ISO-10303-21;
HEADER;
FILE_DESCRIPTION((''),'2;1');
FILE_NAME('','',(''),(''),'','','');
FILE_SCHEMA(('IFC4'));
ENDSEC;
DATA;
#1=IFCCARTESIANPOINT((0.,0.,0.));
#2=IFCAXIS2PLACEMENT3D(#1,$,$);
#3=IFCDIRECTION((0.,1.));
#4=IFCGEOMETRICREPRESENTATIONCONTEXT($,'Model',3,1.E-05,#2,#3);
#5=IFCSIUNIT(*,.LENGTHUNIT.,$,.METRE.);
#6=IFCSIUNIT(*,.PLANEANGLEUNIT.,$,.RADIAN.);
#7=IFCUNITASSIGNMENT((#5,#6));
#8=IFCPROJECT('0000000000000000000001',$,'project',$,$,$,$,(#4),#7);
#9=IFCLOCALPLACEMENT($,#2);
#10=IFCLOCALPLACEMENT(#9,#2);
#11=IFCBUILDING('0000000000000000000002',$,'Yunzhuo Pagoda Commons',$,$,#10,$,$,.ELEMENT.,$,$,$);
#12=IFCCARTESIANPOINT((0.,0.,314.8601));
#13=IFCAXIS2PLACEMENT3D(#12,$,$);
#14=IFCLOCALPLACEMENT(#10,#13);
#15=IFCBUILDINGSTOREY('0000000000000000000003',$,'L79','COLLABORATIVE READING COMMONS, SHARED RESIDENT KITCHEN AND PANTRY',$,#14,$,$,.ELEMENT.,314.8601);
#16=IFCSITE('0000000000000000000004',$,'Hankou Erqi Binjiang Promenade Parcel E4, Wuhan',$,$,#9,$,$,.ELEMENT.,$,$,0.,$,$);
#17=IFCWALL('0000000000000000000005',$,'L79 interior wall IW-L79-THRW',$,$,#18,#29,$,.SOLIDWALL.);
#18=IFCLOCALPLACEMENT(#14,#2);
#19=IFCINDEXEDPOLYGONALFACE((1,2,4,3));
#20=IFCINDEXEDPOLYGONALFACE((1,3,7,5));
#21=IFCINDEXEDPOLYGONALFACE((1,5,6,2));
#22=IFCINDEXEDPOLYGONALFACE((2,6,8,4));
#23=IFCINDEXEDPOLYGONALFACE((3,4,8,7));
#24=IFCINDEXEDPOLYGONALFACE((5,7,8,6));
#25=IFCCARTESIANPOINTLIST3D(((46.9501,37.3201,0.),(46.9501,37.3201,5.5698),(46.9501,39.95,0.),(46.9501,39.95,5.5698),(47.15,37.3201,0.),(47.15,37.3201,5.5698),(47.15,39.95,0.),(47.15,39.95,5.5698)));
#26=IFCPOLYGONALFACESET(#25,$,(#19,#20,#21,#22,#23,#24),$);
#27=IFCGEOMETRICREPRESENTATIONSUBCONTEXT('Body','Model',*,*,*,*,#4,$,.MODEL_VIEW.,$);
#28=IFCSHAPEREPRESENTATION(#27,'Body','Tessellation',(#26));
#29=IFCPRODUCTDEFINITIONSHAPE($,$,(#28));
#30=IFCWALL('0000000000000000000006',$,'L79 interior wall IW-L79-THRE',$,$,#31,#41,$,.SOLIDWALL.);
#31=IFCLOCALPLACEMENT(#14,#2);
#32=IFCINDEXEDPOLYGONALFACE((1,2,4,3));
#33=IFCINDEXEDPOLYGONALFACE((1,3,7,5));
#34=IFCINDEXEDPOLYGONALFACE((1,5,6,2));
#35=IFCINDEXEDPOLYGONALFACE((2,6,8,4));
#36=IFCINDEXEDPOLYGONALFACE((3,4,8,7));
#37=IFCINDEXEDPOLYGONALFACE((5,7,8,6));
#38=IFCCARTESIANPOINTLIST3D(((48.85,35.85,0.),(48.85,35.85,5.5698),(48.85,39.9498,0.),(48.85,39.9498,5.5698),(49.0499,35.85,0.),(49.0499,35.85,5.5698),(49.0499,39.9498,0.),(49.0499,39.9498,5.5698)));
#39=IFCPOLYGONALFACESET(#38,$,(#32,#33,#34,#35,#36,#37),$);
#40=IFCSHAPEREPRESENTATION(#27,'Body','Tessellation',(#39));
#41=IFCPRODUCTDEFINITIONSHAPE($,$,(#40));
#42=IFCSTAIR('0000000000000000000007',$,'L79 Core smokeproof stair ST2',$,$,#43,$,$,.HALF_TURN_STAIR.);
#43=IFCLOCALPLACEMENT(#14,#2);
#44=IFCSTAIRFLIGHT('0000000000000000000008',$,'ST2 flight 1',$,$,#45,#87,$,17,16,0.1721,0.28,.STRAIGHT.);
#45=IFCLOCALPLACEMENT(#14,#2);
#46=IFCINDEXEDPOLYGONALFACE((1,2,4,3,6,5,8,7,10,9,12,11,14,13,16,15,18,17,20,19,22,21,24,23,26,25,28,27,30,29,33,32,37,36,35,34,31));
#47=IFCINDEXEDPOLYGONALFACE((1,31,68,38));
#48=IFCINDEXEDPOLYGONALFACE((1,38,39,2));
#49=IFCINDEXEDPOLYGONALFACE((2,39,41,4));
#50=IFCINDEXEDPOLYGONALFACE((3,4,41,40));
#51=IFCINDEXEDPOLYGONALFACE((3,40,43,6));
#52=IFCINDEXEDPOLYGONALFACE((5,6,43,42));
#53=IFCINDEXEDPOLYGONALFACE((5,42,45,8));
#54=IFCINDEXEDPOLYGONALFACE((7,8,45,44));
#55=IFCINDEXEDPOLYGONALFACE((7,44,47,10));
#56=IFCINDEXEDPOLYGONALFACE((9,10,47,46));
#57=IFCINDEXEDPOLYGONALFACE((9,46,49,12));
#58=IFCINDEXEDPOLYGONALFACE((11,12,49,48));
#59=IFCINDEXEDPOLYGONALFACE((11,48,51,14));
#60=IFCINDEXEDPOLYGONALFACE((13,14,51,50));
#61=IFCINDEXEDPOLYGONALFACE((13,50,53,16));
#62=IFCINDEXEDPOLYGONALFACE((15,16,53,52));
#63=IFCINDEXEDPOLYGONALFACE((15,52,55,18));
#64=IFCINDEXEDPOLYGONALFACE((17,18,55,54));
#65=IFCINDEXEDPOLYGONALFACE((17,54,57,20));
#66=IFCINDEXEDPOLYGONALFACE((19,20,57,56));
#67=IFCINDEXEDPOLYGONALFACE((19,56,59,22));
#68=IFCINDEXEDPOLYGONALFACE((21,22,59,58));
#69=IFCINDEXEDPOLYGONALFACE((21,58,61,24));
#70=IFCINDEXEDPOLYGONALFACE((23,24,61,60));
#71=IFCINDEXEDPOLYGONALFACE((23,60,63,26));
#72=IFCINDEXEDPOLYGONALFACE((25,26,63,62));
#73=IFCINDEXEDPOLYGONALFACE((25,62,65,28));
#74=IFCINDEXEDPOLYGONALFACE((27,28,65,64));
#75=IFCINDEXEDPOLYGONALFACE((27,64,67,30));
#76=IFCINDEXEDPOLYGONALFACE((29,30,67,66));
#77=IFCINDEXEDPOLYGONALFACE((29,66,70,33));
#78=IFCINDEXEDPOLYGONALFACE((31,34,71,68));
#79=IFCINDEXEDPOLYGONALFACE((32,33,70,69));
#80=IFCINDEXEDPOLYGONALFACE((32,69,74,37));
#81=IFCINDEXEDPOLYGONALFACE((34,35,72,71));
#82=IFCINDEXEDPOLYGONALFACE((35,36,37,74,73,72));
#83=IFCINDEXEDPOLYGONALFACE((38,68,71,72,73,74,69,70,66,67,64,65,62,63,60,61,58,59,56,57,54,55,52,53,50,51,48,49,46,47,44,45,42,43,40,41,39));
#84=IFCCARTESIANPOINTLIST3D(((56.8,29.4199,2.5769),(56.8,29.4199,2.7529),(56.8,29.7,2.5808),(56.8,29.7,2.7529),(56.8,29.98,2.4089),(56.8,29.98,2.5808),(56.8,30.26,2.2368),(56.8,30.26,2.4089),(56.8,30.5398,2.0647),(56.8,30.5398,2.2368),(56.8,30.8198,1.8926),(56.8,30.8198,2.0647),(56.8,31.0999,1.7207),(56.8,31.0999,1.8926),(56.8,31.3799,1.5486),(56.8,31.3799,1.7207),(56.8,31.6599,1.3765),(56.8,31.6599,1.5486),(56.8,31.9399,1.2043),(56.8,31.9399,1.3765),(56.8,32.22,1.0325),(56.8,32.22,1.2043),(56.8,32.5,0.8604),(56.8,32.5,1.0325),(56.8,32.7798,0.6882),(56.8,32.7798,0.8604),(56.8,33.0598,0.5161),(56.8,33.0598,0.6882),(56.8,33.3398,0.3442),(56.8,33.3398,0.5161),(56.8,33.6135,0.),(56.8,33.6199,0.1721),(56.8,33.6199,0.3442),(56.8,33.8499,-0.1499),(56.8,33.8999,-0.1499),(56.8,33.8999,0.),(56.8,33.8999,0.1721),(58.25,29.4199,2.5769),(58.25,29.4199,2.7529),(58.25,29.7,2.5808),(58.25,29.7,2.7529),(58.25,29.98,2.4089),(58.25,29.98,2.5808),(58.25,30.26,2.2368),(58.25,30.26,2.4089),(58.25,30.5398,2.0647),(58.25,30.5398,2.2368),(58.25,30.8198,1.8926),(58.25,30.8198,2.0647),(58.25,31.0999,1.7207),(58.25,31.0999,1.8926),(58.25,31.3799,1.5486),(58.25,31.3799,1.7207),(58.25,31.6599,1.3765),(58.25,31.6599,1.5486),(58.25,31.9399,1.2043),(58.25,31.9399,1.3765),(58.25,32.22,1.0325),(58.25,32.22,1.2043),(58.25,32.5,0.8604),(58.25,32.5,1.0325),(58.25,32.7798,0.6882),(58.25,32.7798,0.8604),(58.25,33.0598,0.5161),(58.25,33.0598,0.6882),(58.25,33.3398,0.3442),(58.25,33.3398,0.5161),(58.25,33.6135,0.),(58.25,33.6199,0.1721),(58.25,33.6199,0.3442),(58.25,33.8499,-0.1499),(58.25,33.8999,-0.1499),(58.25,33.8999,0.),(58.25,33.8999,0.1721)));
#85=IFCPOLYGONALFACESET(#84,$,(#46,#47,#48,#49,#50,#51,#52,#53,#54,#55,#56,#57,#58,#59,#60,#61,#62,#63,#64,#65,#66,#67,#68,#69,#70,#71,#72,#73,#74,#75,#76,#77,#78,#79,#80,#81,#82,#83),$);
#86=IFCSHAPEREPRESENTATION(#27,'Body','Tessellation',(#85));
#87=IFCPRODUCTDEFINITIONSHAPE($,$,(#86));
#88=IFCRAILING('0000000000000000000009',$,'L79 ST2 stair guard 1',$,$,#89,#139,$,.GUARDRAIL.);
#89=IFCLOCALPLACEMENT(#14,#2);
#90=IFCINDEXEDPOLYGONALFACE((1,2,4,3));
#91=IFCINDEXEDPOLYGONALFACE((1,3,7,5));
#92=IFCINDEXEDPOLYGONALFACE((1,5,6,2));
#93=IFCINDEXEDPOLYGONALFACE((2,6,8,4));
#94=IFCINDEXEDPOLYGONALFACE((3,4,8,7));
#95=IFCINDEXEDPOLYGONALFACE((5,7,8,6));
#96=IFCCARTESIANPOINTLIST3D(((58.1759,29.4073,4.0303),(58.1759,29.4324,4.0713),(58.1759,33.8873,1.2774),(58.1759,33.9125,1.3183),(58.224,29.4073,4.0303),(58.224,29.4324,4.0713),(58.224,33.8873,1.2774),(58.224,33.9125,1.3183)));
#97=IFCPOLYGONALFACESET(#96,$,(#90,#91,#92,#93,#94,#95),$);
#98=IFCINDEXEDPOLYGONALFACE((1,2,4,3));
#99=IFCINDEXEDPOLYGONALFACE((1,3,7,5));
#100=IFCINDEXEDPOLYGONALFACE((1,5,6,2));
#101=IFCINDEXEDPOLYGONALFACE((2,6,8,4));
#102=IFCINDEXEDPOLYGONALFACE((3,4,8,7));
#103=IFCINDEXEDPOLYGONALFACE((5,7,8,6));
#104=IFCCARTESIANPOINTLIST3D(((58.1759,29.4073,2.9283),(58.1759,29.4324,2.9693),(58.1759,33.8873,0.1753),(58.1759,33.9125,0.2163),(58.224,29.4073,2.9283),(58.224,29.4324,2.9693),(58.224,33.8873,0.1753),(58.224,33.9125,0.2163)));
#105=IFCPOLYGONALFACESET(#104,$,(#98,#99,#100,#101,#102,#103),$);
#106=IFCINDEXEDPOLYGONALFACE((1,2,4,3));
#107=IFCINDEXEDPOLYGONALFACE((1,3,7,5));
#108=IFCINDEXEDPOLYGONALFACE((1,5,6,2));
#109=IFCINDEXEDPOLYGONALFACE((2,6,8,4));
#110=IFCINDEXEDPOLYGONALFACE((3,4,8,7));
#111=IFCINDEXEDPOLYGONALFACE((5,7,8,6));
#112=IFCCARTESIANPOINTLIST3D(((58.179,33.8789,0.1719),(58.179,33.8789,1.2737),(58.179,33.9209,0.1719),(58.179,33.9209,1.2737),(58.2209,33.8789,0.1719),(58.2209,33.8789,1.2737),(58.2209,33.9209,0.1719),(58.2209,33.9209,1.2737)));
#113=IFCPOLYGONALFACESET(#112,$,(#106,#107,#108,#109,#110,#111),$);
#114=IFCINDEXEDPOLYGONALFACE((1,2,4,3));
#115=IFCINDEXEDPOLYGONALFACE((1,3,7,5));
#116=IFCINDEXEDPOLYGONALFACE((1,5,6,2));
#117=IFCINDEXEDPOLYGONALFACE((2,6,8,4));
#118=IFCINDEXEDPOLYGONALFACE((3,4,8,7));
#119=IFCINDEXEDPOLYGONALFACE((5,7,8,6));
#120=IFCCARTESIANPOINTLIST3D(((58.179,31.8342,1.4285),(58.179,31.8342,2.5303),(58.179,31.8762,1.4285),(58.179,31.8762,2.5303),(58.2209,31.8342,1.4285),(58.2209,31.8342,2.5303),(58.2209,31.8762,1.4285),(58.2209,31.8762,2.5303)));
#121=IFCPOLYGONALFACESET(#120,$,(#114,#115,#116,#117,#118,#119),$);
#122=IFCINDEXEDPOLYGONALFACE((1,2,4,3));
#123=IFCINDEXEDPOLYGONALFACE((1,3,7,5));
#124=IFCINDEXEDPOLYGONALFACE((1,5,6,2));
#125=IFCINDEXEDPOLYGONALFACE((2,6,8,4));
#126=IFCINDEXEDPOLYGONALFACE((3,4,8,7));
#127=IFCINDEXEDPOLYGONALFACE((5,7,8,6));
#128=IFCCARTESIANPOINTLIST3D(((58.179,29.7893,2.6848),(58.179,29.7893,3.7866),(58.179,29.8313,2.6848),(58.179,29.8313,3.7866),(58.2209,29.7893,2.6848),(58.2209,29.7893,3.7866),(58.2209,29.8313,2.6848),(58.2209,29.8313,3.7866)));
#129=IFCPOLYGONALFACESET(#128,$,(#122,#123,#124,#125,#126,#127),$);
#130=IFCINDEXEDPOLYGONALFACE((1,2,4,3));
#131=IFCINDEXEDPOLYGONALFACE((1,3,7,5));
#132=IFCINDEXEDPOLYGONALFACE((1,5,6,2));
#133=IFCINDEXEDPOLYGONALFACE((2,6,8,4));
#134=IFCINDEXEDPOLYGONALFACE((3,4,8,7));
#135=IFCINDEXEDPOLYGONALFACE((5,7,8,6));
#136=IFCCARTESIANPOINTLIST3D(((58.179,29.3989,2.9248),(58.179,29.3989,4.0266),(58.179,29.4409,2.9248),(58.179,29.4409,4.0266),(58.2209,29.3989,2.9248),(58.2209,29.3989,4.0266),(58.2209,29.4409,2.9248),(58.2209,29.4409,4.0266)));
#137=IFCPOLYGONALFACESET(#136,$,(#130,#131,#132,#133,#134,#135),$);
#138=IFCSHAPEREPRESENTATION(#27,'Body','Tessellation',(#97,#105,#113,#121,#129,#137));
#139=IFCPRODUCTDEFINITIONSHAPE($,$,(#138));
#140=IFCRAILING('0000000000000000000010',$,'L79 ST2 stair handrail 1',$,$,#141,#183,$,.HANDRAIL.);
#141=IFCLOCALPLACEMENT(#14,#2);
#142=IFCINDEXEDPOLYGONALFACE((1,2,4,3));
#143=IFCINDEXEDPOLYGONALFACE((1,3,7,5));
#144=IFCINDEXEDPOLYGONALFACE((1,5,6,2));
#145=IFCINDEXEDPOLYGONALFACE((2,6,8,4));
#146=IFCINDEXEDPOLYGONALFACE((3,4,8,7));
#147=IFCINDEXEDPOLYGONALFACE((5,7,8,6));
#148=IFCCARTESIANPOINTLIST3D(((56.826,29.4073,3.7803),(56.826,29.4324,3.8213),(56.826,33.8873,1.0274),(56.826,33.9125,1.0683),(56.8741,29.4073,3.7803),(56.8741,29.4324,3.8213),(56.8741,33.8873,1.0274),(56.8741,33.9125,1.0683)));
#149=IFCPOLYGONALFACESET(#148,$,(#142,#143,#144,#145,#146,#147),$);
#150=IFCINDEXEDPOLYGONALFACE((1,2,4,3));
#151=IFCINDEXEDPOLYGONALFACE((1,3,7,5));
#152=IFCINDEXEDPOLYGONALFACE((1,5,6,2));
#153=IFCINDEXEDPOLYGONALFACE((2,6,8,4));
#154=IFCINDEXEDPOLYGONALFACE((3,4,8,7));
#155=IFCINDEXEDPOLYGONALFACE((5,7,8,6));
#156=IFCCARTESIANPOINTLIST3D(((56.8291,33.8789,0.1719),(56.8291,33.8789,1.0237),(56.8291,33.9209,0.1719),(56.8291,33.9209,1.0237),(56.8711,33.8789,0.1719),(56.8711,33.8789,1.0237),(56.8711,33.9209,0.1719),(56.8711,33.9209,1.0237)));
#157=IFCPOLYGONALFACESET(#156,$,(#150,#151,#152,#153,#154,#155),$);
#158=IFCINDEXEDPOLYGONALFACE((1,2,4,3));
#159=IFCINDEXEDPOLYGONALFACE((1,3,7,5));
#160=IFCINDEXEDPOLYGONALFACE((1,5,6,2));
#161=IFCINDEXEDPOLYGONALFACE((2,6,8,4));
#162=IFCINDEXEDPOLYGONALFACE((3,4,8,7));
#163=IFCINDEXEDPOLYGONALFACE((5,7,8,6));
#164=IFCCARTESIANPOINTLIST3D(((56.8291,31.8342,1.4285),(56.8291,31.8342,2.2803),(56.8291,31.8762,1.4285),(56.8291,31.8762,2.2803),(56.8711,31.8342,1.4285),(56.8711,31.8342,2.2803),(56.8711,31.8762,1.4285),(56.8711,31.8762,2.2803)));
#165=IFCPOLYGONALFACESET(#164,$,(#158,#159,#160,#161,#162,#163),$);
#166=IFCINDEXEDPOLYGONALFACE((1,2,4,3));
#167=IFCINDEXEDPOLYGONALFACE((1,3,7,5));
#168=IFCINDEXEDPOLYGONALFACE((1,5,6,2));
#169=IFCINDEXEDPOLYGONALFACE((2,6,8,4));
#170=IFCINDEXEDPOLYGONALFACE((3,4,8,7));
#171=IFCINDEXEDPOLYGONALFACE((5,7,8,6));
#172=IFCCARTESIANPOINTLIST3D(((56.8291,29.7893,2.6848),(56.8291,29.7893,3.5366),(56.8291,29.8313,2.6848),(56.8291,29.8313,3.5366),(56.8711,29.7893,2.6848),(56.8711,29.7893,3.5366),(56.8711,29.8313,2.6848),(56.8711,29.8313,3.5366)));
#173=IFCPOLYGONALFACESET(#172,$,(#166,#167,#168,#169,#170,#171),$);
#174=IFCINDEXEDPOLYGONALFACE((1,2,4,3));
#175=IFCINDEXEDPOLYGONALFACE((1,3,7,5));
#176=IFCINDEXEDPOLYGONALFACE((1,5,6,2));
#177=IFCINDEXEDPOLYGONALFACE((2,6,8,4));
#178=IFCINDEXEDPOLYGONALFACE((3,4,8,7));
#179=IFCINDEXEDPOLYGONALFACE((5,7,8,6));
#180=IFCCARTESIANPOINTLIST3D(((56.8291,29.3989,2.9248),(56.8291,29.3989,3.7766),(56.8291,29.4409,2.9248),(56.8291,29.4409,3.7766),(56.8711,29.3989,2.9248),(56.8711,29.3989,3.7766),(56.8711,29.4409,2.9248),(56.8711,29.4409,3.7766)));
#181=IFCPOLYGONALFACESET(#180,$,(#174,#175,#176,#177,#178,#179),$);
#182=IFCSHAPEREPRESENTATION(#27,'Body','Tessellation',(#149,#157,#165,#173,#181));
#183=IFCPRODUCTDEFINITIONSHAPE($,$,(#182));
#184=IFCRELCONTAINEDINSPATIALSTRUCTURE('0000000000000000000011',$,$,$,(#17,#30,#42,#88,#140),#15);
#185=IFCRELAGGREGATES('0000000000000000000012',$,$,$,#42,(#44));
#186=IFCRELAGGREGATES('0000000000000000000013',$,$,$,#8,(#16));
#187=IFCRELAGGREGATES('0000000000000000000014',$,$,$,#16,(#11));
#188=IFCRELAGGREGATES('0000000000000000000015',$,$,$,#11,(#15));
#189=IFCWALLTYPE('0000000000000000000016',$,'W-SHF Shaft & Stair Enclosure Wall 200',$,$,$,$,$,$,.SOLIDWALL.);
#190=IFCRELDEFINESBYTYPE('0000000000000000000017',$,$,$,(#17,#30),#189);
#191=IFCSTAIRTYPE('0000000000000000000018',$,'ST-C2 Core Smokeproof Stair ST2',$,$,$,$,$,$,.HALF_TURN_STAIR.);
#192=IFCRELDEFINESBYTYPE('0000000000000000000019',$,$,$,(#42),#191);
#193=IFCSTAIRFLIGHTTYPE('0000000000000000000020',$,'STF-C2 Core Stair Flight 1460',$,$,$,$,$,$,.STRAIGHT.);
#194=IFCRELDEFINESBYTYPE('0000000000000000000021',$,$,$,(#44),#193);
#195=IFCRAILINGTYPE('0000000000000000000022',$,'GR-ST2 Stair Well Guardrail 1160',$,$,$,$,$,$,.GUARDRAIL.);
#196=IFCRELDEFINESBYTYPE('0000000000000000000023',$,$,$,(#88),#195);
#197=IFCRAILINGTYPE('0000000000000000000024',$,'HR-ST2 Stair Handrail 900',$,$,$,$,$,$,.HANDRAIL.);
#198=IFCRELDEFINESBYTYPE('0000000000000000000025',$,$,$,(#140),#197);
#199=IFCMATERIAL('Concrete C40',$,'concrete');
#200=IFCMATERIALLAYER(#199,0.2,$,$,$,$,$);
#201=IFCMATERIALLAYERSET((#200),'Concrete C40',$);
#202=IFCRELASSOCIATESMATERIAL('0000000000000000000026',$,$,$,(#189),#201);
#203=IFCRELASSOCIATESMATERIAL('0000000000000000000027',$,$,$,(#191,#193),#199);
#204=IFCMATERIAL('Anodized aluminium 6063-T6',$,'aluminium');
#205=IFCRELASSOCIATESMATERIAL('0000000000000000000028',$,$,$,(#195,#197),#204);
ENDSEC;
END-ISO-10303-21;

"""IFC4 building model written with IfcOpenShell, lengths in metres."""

from ifc_helpers import new_model, si_unit, direction, frame, frame_2d, origin, origin_2d, place, context, subcontext, project, spatial, polyline, rectangle, outline, extrude, source, transform, mapped, material, layer, layer_set, type_object, element, aggregate, save


model = new_model("IFC4")

# Units and contexts
model_context = context("Model", 3, precision=1e-05, world=origin(), true_north=direction((0.0, 1.0)))
body_context = subcontext(model_context, "Body", "Model", "MODEL_VIEW")
ifc_project = project(units=[si_unit("LENGTHUNIT", "METRE"), si_unit("PLANEANGLEUNIT", "RADIAN")], contexts=[model_context])

# Site, building, storey
site_placement = place(None, origin())
site = spatial("IfcSite", under=ifc_project, at=site_placement, Name="Hankou Erqi Binjiang Promenade Parcel E4, Wuhan", CompositionType="ELEMENT", RefElevation=0.0)
building_placement = place(site_placement, origin())
building = spatial("IfcBuilding", under=site, at=building_placement, Name="Yunzhuo Pagoda Commons", CompositionType="ELEMENT")
storey_placement = place(building_placement, frame((0.0, 0.0, 314.8601)))
storey = spatial("IfcBuildingStorey", under=building, at=storey_placement, Name="L79", Description="COLLABORATIVE READING COMMONS, SHARED RESIDENT KITCHEN AND PANTRY", CompositionType="ELEMENT", Elevation=314.8601)

# Shared definitions
ifc_material_1 = material(Name="Concrete C40", Category="concrete")
ifc_layer_1 = layer(ifc_material_1, 0.2)
ifc_layer_set_1 = layer_set([ifc_layer_1], Name="Concrete C40")
wall_type_1 = type_object("IfcWallType", Name="W-SHF Shaft & Stair Enclosure Wall 200", PredefinedType="SOLIDWALL", material=ifc_layer_set_1)

# Walls
wall_1_placement = place(storey_placement, frame((47.05, 37.3201, 0.0), z_axis=(0.0, 0.0, 1.0), x_axis=(0.0, 1.0, 0.0)))
element("IfcWall", 1, at=wall_1_placement, inside=storey, type_object=wall_type_1, Name="L79 interior wall IW-L79-THRW", PredefinedType="SOLIDWALL", context=body_context, shape_type="SweptSolid", body=[
    extrude(rectangle(XDim=2.6299, YDim=0.2, at=frame_2d((1.3149, 0.0))), origin(), (0.0, 0.0, 1.0), 5.5698),
])
wall_2_placement = place(storey_placement, frame((48.95, 35.8501, 0.0), z_axis=(0.0, 0.0, 1.0), x_axis=(0.0, 1.0, 0.0)))
element("IfcWall", 2, at=wall_2_placement, inside=storey, type_object=wall_type_1, Name="L79 interior wall IW-L79-THRE", PredefinedType="SOLIDWALL", context=body_context, shape_type="SweptSolid", body=[
    extrude(rectangle(XDim=4.0999, YDim=0.2, at=frame_2d((2.0498, 0.0))), origin(), (0.0, 0.0, 1.0), 5.5698),
])

# Stair, stair flight
stair_type = type_object("IfcStairType", Name="ST-C2 Core Smokeproof Stair ST2", PredefinedType="HALF_TURN_STAIR", material=ifc_material_1)
stair_placement = place(storey_placement, origin())
stair = element("IfcStair", 3, at=stair_placement, inside=storey, type_object=stair_type, Name="L79 Core smokeproof stair ST2", PredefinedType="HALF_TURN_STAIR")
stair_flight_type = type_object("IfcStairFlightType", Name="STF-C2 Core Stair Flight 1460", PredefinedType="STRAIGHT", material=ifc_material_1)
shared_shape_1 = source(origin(), body_context, "Body", "SweptSolid", [
    extrude(outline(polyline([(0.0, -0.1499), (0.0, 0.0), (0.0, 0.1721), (0.28, 0.1721), (0.28, 0.3442), (0.5601, 0.3442), (0.5601, 0.5161), (0.8401, 0.5161), (0.8401, 0.6882), (1.1201, 0.6882), (1.1201, 0.8604), (1.3999, 0.8604), (1.3999, 1.0325), (1.6799, 1.0325), (1.6799, 1.2043), (1.96, 1.2043), (1.96, 1.3765), (2.24, 1.3765), (2.24, 1.5486), (2.52, 1.5486), (2.52, 1.7207), (2.8, 1.7207), (2.8, 1.8926), (3.0801, 1.8926), (3.0801, 2.0647), (3.3601, 2.0647), (3.3601, 2.2368), (3.6399, 2.2368), (3.6399, 2.4089), (3.9199, 2.4089), (3.9199, 2.5808), (4.2, 2.5808), (4.2, 2.7529), (4.48, 2.7529), (4.48, 2.925), (4.48, 2.5769), (0.2864, 0.0), (0.05, -0.1499), (0.0, -0.1499)])), frame((0.0, 0.7251, 0.0), z_axis=(0.0, -1.0, 0.0), x_axis=(1.0, 0.0, 0.0)), (0.0, 0.0, 1.0), 1.45),
])
stair_flight_placement = place(storey_placement, frame((57.5249, 33.8999, 0.0), z_axis=(0.0, 0.0, 1.0), x_axis=(0.0, -1.0, 0.0)))
stair_flight = element("IfcStairFlight", 4, at=stair_flight_placement, type_object=stair_flight_type, Name="ST2 flight 1", NumberOfRisers=17, NumberOfTreads=16, PredefinedType="STRAIGHT", RiserHeight=0.1721, TreadLength=0.28, context=body_context, shape_type="MappedRepresentation", body=[
    mapped(shared_shape_1, transform((0.0, 0.0, 0.0), scale=1.0)),
])
aggregate(stair, [stair_flight])

# Railings
ifc_material_2 = material(Name="Anodized aluminium 6063-T6", Category="aluminium")
railing_type_1 = type_object("IfcRailingType", Name="GR-ST2 Stair Well Guardrail 1160", PredefinedType="GUARDRAIL", material=ifc_material_2)
railing_1_placement = place(storey_placement, frame((58.2, 33.8999, 0.1719)))
element("IfcRailing", 5, at=railing_1_placement, inside=storey, type_object=railing_type_1, Name="L79 ST2 stair guard 1", PredefinedType="GUARDRAIL", context=body_context, shape_type="SweptSolid", body=[
    extrude(rectangle(XDim=0.0481, YDim=0.0481, at=origin_2d()), frame((0.0, 0.0, 1.126), z_axis=(0.0, -0.851996, 0.523548), x_axis=(1.0, 0.0, 0.0)), (0.0, 0.0, 1.0), 5.2583),
    extrude(rectangle(XDim=0.0481, YDim=0.0481, at=origin_2d()), frame((0.0, 0.0, 0.0239), z_axis=(0.0, -0.851996, 0.523548), x_axis=(1.0, 0.0, 0.0)), (0.0, 0.0, 1.0), 5.2583),
    extrude(rectangle(XDim=0.042, YDim=0.042, at=origin_2d()), origin(), (0.0, 0.0, 1.0), 1.1018),
    extrude(rectangle(XDim=0.042, YDim=0.042, at=origin_2d()), frame((0.0, -2.0447, 1.2566)), (0.0, 0.0, 1.0), 1.1018),
    extrude(rectangle(XDim=0.042, YDim=0.042, at=origin_2d()), frame((0.0, -4.0896, 2.5129)), (0.0, 0.0, 1.0), 1.1018),
    extrude(rectangle(XDim=0.042, YDim=0.042, at=origin_2d()), frame((0.0, -4.48, 2.7529)), (0.0, 0.0, 1.0), 1.1018),
])
railing_type_2 = type_object("IfcRailingType", Name="HR-ST2 Stair Handrail 900", PredefinedType="HANDRAIL", material=ifc_material_2)
railing_2_placement = place(storey_placement, frame((56.8501, 33.8999, 0.1719)))
element("IfcRailing", 6, at=railing_2_placement, inside=storey, type_object=railing_type_2, Name="L79 ST2 stair handrail 1", PredefinedType="HANDRAIL", context=body_context, shape_type="SweptSolid", body=[
    extrude(rectangle(XDim=0.0481, YDim=0.0481, at=origin_2d()), frame((0.0, 0.0, 0.876), z_axis=(0.0, -0.851996, 0.523548), x_axis=(1.0, 0.0, 0.0)), (0.0, 0.0, 1.0), 5.2583),
    extrude(rectangle(XDim=0.042, YDim=0.042, at=origin_2d()), origin(), (0.0, 0.0, 1.0), 0.8518),
    extrude(rectangle(XDim=0.042, YDim=0.042, at=origin_2d()), frame((0.0, -2.0447, 1.2566)), (0.0, 0.0, 1.0), 0.8518),
    extrude(rectangle(XDim=0.042, YDim=0.042, at=origin_2d()), frame((0.0, -4.0896, 2.5129)), (0.0, 0.0, 1.0), 0.8518),
    extrude(rectangle(XDim=0.042, YDim=0.042, at=origin_2d()), frame((0.0, -4.48, 2.7529)), (0.0, 0.0, 1.0), 0.8518),
])

save(model, "model.ifc")
